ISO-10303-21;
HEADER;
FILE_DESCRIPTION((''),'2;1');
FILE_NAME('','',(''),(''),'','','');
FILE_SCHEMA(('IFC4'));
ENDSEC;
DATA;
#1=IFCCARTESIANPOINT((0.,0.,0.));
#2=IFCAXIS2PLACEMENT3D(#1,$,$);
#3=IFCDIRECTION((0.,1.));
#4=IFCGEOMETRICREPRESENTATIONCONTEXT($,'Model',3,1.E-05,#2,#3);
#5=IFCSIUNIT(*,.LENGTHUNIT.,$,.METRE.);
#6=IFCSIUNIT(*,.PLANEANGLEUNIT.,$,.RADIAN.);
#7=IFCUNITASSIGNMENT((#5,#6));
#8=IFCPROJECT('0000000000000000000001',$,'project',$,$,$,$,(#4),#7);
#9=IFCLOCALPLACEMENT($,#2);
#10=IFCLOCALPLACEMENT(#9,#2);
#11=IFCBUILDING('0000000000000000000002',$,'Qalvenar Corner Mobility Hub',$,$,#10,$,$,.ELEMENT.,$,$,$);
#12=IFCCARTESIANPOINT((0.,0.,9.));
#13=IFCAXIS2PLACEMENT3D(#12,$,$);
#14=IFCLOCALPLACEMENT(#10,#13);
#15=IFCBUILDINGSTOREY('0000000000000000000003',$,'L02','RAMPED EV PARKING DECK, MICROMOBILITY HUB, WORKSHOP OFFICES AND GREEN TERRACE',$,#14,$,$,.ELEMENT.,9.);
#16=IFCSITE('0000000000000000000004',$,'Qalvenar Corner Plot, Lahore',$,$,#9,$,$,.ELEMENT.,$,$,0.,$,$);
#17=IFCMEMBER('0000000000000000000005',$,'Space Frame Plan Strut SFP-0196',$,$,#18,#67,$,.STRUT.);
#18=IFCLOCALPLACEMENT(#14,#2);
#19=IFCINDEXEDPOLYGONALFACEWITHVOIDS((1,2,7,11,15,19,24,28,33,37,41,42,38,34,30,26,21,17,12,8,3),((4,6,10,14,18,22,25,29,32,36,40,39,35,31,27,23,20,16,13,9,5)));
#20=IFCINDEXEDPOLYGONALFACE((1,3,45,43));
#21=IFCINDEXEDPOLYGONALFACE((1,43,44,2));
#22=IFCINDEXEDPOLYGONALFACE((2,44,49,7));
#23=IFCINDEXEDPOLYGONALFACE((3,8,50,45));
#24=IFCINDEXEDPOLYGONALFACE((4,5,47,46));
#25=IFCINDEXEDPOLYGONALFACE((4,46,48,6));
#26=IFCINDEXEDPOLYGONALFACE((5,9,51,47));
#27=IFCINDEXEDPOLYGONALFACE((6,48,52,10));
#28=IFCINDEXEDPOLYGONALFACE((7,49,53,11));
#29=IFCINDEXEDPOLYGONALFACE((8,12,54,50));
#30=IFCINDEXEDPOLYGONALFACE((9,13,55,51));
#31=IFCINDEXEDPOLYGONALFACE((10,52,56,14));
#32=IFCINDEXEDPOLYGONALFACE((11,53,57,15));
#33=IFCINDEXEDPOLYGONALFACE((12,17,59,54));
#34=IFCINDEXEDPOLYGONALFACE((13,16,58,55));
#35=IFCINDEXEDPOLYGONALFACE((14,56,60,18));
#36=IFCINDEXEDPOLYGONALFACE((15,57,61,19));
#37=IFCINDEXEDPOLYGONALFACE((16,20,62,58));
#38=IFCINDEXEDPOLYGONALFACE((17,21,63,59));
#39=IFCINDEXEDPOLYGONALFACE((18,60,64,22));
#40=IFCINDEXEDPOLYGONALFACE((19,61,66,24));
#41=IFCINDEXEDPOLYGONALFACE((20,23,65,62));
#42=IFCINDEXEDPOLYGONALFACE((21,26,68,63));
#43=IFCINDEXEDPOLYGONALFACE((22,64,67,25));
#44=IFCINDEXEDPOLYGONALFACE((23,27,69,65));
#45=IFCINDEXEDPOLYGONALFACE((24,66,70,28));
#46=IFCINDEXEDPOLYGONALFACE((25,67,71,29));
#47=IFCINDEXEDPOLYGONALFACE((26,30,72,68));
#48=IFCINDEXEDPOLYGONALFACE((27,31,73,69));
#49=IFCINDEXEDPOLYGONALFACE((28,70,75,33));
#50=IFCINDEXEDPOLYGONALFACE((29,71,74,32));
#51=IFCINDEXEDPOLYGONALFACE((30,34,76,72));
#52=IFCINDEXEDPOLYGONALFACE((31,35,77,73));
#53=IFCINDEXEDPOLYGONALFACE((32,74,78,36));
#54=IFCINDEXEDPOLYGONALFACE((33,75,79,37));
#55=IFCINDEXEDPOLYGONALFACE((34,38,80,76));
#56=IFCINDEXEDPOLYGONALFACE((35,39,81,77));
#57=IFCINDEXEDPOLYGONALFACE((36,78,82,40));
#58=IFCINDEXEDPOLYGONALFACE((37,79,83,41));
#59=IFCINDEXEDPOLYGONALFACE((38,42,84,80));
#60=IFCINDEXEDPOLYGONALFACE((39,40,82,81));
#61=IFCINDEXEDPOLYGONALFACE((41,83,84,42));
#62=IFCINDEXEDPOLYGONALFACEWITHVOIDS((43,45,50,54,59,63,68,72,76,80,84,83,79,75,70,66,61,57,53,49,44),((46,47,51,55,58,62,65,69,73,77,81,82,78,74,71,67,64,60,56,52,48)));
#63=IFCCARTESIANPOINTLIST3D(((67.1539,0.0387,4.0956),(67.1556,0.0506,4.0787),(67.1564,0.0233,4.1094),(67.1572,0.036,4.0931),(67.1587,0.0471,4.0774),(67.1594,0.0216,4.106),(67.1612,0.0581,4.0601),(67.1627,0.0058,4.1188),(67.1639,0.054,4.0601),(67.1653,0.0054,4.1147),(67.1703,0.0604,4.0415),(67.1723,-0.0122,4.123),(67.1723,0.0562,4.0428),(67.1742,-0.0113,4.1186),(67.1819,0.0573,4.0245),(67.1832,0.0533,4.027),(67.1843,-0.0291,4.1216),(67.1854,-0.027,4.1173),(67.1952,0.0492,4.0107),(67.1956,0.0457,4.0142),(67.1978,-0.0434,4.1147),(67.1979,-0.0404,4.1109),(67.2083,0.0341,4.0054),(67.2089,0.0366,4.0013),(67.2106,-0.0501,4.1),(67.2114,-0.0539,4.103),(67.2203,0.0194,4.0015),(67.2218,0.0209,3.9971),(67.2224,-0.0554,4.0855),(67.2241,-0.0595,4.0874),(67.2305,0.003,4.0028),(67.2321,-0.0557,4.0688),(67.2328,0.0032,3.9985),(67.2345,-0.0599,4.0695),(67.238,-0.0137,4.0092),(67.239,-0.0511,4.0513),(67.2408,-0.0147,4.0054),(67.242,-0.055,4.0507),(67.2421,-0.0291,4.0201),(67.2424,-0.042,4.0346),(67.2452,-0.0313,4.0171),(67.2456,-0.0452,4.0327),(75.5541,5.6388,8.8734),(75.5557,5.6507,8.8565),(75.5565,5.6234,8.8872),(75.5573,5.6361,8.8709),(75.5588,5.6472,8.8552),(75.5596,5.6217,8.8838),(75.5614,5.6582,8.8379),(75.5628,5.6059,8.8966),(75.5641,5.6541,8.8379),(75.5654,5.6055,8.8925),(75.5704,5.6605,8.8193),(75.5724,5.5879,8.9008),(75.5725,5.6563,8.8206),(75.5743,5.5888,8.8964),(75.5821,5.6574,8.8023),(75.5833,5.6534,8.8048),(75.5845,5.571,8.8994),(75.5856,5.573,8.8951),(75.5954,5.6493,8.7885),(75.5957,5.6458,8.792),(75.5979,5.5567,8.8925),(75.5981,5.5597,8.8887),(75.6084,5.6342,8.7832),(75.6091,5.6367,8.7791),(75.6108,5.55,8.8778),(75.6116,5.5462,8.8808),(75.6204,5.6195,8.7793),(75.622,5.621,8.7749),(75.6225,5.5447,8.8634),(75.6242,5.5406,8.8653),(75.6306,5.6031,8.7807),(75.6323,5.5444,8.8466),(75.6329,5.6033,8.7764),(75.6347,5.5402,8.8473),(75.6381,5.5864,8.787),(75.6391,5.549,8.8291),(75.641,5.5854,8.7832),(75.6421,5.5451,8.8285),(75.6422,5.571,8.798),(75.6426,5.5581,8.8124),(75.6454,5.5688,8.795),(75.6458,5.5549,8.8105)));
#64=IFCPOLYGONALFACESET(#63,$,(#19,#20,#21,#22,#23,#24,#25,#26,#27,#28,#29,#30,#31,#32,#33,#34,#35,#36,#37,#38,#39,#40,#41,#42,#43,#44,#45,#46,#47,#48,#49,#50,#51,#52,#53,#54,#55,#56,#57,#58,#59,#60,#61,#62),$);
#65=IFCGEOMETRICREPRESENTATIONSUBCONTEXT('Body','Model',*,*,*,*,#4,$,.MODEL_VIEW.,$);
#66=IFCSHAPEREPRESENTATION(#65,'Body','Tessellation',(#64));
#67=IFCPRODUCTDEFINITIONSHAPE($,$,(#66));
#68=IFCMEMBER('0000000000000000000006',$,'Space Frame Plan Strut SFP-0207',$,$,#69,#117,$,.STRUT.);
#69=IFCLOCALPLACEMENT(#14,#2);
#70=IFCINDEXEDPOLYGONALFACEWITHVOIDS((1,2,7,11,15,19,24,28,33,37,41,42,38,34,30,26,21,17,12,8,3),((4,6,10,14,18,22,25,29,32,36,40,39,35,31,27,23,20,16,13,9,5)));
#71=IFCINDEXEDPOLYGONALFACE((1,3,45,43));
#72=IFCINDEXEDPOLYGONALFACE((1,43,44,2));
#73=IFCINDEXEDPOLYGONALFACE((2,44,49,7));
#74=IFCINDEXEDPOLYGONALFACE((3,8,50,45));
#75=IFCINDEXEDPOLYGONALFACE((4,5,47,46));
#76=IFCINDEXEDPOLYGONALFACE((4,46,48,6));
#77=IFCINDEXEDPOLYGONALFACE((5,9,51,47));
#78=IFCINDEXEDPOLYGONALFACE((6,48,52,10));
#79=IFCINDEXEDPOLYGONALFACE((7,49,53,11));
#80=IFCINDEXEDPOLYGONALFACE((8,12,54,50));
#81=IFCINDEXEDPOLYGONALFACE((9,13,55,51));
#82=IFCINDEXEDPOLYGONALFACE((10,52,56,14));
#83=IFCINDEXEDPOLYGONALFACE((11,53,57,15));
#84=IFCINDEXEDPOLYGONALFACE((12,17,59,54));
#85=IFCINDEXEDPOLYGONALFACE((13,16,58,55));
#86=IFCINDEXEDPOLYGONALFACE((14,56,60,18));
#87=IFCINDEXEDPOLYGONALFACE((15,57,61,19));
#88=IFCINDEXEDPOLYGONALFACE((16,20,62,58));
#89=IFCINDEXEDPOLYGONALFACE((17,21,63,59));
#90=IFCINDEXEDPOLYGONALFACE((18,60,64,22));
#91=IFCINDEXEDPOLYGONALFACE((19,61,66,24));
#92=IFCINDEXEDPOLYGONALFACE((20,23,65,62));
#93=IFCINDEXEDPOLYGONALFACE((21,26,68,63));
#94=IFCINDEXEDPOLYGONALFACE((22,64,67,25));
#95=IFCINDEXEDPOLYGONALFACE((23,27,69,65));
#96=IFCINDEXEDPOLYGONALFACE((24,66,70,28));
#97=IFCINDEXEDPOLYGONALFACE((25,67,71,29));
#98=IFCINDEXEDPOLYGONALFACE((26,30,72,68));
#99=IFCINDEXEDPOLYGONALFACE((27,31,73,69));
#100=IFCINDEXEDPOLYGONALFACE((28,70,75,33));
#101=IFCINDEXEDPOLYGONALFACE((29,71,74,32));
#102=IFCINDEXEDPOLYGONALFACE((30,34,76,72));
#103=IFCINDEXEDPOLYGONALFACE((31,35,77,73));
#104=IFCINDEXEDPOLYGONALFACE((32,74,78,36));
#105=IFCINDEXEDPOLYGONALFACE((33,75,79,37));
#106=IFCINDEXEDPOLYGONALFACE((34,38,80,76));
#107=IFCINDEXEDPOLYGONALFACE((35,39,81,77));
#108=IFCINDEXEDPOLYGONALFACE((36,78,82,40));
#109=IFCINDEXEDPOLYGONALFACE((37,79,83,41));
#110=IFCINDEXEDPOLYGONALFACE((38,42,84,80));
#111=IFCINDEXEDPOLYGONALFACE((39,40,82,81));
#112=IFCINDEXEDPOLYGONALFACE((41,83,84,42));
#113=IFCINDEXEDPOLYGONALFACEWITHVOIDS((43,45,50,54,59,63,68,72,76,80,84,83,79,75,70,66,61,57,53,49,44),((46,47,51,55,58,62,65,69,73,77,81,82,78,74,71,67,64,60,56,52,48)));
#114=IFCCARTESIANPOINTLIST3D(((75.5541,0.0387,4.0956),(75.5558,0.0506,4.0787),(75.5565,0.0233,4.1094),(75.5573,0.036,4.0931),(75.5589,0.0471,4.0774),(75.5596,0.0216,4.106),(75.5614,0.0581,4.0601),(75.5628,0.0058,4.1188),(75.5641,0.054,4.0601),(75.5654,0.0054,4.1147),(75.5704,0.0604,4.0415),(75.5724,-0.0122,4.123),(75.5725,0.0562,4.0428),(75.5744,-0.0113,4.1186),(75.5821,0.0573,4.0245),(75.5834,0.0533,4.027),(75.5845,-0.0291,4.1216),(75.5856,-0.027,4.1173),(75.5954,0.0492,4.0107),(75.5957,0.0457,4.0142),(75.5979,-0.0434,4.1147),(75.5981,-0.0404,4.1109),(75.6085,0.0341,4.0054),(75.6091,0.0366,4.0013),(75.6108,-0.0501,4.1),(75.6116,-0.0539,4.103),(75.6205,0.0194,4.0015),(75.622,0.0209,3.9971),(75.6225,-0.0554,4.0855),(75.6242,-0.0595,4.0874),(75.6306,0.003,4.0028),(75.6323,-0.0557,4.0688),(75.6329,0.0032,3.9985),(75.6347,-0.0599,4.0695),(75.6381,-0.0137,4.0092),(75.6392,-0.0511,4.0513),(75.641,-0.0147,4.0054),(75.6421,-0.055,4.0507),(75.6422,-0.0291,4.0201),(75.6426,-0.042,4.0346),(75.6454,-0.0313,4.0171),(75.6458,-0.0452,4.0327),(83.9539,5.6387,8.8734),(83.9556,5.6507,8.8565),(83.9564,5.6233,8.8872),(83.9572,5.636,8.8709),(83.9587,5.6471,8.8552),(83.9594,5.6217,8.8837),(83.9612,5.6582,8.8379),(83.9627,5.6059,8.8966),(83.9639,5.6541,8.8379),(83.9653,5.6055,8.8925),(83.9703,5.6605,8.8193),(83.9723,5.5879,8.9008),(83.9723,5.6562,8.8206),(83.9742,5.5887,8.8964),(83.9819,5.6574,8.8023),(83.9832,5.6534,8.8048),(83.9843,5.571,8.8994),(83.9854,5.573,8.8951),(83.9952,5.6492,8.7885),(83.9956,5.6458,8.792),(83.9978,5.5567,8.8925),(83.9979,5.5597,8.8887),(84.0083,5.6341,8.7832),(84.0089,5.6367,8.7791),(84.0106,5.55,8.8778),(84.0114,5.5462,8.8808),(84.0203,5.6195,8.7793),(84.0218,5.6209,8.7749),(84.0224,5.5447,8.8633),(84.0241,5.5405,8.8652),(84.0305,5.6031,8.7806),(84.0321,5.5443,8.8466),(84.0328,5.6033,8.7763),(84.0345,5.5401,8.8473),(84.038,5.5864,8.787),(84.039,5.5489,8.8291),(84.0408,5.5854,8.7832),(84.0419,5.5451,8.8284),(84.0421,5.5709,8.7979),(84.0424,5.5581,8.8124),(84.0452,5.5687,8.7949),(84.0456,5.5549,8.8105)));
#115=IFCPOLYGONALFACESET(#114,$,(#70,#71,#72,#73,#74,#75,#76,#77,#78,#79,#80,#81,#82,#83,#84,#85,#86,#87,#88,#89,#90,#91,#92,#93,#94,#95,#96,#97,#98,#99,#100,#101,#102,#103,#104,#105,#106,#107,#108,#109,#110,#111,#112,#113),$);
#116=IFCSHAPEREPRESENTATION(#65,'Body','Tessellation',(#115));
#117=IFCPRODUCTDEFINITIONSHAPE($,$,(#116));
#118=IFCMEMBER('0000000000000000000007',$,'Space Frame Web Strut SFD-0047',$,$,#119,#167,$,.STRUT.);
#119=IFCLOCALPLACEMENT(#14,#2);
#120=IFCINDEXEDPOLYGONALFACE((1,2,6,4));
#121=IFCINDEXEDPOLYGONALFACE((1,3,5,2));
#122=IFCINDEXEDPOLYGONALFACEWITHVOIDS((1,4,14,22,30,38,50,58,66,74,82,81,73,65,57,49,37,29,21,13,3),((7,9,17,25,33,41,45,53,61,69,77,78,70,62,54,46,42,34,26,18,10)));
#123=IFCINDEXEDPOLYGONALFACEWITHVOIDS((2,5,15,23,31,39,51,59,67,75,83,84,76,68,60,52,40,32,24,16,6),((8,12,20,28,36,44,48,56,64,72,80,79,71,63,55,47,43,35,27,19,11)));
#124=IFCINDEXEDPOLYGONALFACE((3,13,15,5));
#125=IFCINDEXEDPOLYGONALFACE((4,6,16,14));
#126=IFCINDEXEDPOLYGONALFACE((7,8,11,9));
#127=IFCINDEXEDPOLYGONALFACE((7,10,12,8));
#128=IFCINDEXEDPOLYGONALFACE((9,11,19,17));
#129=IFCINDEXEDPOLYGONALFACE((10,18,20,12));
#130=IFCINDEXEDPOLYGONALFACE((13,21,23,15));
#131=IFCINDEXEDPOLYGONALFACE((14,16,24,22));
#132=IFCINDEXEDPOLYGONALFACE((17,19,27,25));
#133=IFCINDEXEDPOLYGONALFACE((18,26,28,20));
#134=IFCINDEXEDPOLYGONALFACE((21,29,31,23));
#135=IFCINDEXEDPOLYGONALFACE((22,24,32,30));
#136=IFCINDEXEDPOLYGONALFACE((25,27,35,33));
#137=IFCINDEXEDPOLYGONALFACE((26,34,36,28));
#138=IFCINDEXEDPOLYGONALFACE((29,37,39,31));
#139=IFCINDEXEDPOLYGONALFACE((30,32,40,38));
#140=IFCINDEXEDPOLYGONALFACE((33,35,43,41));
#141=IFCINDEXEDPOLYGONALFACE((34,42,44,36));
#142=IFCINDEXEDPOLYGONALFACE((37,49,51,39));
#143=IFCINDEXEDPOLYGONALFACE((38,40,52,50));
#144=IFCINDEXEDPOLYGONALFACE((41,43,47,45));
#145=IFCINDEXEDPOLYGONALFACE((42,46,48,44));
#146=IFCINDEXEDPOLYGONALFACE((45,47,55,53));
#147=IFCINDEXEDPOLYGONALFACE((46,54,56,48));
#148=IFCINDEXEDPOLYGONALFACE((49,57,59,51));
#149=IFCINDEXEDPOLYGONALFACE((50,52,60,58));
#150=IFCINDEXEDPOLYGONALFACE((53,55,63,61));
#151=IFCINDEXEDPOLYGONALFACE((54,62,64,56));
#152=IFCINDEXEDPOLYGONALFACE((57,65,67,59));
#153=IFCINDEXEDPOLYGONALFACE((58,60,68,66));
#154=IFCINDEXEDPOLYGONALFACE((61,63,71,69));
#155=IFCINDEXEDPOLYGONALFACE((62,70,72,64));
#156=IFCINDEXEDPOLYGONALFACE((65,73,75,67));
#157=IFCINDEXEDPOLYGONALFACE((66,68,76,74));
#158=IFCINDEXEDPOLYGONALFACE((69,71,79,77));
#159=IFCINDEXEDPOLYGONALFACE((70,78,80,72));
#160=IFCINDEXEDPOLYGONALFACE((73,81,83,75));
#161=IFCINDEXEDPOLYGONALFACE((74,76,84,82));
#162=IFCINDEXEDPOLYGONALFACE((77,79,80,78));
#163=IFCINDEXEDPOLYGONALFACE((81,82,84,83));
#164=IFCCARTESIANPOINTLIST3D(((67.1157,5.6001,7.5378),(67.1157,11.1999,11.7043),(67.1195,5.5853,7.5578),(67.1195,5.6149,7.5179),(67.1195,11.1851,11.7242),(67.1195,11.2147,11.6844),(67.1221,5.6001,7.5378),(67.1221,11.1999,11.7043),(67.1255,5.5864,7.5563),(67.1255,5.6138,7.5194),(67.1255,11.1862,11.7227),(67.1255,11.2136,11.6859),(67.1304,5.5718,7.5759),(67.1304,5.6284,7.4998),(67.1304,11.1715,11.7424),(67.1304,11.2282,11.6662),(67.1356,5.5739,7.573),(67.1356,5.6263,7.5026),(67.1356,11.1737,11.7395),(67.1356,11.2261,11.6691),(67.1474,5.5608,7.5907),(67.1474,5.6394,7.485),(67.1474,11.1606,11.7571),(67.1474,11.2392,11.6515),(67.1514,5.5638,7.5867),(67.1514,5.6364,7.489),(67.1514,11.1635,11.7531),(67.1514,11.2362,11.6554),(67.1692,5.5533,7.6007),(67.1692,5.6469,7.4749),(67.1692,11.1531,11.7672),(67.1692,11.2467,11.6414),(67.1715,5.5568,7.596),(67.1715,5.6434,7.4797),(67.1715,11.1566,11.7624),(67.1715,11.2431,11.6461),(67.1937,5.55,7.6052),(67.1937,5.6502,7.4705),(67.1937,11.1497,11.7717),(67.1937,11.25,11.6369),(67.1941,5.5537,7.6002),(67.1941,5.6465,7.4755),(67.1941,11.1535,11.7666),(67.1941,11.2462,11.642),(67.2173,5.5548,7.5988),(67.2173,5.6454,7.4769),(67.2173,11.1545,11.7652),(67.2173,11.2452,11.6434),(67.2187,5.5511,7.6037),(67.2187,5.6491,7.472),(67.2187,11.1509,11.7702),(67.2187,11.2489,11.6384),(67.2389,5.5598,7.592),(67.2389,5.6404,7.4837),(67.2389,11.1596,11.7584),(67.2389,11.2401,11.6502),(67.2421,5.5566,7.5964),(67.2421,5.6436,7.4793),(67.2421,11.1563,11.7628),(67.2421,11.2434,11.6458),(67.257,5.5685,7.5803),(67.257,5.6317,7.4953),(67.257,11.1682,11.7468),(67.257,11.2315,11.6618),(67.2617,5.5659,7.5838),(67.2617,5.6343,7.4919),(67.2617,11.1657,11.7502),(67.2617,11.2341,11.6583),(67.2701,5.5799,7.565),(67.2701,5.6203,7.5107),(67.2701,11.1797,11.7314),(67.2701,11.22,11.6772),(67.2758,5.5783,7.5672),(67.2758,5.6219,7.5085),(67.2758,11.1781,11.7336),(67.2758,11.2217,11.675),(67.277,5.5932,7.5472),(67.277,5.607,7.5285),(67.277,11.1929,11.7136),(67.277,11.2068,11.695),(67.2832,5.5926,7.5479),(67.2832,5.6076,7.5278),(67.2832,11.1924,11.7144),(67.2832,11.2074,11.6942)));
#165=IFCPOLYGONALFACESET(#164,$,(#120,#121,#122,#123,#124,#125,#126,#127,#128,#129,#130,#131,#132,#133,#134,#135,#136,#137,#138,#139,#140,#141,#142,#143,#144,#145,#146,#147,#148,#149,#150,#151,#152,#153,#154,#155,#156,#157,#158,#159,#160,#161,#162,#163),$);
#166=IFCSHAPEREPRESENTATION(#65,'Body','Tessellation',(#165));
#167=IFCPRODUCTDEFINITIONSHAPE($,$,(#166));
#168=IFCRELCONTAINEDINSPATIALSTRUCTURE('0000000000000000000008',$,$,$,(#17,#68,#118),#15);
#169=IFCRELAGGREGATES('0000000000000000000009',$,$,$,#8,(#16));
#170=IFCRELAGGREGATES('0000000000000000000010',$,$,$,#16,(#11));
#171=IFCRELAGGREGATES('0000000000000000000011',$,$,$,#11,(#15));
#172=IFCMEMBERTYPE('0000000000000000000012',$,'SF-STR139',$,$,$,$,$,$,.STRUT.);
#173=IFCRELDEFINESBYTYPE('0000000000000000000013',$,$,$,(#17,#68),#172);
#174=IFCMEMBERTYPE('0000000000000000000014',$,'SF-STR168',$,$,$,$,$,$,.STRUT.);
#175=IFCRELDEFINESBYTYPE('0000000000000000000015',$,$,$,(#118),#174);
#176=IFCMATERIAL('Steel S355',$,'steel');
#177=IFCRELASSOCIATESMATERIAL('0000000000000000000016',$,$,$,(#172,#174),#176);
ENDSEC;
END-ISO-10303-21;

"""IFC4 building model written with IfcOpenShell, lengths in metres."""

from ifc_helpers import new_model, si_unit, direction, frame, origin, origin_2d, place, context, subcontext, project, spatial, hollow_circle, extrude, material, material_profile, profile_set, type_object, element, save


model = new_model("IFC4")

# Units and contexts
model_context = context("Model", 3, precision=1e-05, world=origin(), true_north=direction((0.0, 1.0)))
body_context = subcontext(model_context, "Body", "Model", "MODEL_VIEW")
ifc_project = project(units=[si_unit("LENGTHUNIT", "METRE"), si_unit("PLANEANGLEUNIT", "RADIAN")], contexts=[model_context])

# Site, building, storey
site_placement = place(None, origin())
site = spatial("IfcSite", under=ifc_project, at=site_placement, Name="Qalvenar Corner Plot, Lahore", CompositionType="ELEMENT", RefElevation=0.0)
building_placement = place(site_placement, origin())
building = spatial("IfcBuilding", under=site, at=building_placement, Name="Qalvenar Corner Mobility Hub", CompositionType="ELEMENT")
storey_placement = place(building_placement, frame((0.0, 0.0, 9.0)))
storey = spatial("IfcBuildingStorey", under=building, at=storey_placement, Name="L02", Description="RAMPED EV PARKING DECK, MICROMOBILITY HUB, WORKSHOP OFFICES AND GREEN TERRACE", CompositionType="ELEMENT", Elevation=9.0)

# Members
ifc_material_1 = material(Name="Steel S355", Category="steel")
ifc_material_profile_1 = material_profile(ifc_material_1, hollow_circle(Radius=0.0698, WallThickness=0.0049, at=origin_2d()), Name="CHS139.7x5")
ifc_profile_set_1 = profile_set([ifc_material_profile_1], Name="Steel S355")
member_type_1 = type_object("IfcMemberType", Name="SF-STR139", PredefinedType="STRUT", material=ifc_profile_set_1)
member_1_placement = place(storey_placement, frame((67.2, 0.0, 4.0601), z_axis=(0.752081, 0.501387, 0.427768), x_axis=(-0.5547, 0.83205, 0.0)))
element("IfcMember", 1, at=member_1_placement, inside=storey, type_object=member_type_1, Name="Space Frame Plan Strut SFP-0196", PredefinedType="STRUT", context=body_context, shape_type="SweptSolid", body=[
    extrude(hollow_circle(Radius=0.0698, WallThickness=0.0049, at=origin_2d()), origin(), (0.0, 0.0, 1.0), 11.1692),
])
member_2_placement = place(storey_placement, frame((75.6001, 0.0, 4.0601), z_axis=(0.752071, 0.501395, 0.427775), x_axis=(-0.554711, 0.832043, 0.0)))
element("IfcMember", 2, at=member_2_placement, inside=storey, type_object=member_type_1, Name="Space Frame Plan Strut SFP-0207", PredefinedType="STRUT", context=body_context, shape_type="SweptSolid", body=[
    extrude(hollow_circle(Radius=0.0698, WallThickness=0.0049, at=origin_2d()), origin(), (0.0, 0.0, 1.0), 11.1689),
])
ifc_material_profile_2 = material_profile(ifc_material_1, hollow_circle(Radius=0.0842, WallThickness=0.0063, at=origin_2d()), Name="CHS168.3x6.3")
ifc_profile_set_2 = profile_set([ifc_material_profile_2], Name="Steel S355")
member_type_2 = type_object("IfcMemberType", Name="SF-STR168", PredefinedType="STRUT", material=ifc_profile_set_2)
for number, where, z_axis, x_axis, name in (
    (3, (67.2, 5.6001, 7.5378), (0.0, 0.80229, 0.596934), (-1.0, 0.0, 0.0), "Space Frame Web Strut SFD-0047"),
):
    element("IfcMember", number, at=place(storey_placement, frame(where, z_axis=z_axis, x_axis=x_axis)), inside=storey, type_object=member_type_2, Name=name, PredefinedType="STRUT", context=body_context, shape_type="SweptSolid", body=[
        extrude(hollow_circle(Radius=0.0842, WallThickness=0.0063, at=origin_2d()), origin(), (0.0, 0.0, 1.0), 6.9797),
    ])

save(model, "model.ifc")
